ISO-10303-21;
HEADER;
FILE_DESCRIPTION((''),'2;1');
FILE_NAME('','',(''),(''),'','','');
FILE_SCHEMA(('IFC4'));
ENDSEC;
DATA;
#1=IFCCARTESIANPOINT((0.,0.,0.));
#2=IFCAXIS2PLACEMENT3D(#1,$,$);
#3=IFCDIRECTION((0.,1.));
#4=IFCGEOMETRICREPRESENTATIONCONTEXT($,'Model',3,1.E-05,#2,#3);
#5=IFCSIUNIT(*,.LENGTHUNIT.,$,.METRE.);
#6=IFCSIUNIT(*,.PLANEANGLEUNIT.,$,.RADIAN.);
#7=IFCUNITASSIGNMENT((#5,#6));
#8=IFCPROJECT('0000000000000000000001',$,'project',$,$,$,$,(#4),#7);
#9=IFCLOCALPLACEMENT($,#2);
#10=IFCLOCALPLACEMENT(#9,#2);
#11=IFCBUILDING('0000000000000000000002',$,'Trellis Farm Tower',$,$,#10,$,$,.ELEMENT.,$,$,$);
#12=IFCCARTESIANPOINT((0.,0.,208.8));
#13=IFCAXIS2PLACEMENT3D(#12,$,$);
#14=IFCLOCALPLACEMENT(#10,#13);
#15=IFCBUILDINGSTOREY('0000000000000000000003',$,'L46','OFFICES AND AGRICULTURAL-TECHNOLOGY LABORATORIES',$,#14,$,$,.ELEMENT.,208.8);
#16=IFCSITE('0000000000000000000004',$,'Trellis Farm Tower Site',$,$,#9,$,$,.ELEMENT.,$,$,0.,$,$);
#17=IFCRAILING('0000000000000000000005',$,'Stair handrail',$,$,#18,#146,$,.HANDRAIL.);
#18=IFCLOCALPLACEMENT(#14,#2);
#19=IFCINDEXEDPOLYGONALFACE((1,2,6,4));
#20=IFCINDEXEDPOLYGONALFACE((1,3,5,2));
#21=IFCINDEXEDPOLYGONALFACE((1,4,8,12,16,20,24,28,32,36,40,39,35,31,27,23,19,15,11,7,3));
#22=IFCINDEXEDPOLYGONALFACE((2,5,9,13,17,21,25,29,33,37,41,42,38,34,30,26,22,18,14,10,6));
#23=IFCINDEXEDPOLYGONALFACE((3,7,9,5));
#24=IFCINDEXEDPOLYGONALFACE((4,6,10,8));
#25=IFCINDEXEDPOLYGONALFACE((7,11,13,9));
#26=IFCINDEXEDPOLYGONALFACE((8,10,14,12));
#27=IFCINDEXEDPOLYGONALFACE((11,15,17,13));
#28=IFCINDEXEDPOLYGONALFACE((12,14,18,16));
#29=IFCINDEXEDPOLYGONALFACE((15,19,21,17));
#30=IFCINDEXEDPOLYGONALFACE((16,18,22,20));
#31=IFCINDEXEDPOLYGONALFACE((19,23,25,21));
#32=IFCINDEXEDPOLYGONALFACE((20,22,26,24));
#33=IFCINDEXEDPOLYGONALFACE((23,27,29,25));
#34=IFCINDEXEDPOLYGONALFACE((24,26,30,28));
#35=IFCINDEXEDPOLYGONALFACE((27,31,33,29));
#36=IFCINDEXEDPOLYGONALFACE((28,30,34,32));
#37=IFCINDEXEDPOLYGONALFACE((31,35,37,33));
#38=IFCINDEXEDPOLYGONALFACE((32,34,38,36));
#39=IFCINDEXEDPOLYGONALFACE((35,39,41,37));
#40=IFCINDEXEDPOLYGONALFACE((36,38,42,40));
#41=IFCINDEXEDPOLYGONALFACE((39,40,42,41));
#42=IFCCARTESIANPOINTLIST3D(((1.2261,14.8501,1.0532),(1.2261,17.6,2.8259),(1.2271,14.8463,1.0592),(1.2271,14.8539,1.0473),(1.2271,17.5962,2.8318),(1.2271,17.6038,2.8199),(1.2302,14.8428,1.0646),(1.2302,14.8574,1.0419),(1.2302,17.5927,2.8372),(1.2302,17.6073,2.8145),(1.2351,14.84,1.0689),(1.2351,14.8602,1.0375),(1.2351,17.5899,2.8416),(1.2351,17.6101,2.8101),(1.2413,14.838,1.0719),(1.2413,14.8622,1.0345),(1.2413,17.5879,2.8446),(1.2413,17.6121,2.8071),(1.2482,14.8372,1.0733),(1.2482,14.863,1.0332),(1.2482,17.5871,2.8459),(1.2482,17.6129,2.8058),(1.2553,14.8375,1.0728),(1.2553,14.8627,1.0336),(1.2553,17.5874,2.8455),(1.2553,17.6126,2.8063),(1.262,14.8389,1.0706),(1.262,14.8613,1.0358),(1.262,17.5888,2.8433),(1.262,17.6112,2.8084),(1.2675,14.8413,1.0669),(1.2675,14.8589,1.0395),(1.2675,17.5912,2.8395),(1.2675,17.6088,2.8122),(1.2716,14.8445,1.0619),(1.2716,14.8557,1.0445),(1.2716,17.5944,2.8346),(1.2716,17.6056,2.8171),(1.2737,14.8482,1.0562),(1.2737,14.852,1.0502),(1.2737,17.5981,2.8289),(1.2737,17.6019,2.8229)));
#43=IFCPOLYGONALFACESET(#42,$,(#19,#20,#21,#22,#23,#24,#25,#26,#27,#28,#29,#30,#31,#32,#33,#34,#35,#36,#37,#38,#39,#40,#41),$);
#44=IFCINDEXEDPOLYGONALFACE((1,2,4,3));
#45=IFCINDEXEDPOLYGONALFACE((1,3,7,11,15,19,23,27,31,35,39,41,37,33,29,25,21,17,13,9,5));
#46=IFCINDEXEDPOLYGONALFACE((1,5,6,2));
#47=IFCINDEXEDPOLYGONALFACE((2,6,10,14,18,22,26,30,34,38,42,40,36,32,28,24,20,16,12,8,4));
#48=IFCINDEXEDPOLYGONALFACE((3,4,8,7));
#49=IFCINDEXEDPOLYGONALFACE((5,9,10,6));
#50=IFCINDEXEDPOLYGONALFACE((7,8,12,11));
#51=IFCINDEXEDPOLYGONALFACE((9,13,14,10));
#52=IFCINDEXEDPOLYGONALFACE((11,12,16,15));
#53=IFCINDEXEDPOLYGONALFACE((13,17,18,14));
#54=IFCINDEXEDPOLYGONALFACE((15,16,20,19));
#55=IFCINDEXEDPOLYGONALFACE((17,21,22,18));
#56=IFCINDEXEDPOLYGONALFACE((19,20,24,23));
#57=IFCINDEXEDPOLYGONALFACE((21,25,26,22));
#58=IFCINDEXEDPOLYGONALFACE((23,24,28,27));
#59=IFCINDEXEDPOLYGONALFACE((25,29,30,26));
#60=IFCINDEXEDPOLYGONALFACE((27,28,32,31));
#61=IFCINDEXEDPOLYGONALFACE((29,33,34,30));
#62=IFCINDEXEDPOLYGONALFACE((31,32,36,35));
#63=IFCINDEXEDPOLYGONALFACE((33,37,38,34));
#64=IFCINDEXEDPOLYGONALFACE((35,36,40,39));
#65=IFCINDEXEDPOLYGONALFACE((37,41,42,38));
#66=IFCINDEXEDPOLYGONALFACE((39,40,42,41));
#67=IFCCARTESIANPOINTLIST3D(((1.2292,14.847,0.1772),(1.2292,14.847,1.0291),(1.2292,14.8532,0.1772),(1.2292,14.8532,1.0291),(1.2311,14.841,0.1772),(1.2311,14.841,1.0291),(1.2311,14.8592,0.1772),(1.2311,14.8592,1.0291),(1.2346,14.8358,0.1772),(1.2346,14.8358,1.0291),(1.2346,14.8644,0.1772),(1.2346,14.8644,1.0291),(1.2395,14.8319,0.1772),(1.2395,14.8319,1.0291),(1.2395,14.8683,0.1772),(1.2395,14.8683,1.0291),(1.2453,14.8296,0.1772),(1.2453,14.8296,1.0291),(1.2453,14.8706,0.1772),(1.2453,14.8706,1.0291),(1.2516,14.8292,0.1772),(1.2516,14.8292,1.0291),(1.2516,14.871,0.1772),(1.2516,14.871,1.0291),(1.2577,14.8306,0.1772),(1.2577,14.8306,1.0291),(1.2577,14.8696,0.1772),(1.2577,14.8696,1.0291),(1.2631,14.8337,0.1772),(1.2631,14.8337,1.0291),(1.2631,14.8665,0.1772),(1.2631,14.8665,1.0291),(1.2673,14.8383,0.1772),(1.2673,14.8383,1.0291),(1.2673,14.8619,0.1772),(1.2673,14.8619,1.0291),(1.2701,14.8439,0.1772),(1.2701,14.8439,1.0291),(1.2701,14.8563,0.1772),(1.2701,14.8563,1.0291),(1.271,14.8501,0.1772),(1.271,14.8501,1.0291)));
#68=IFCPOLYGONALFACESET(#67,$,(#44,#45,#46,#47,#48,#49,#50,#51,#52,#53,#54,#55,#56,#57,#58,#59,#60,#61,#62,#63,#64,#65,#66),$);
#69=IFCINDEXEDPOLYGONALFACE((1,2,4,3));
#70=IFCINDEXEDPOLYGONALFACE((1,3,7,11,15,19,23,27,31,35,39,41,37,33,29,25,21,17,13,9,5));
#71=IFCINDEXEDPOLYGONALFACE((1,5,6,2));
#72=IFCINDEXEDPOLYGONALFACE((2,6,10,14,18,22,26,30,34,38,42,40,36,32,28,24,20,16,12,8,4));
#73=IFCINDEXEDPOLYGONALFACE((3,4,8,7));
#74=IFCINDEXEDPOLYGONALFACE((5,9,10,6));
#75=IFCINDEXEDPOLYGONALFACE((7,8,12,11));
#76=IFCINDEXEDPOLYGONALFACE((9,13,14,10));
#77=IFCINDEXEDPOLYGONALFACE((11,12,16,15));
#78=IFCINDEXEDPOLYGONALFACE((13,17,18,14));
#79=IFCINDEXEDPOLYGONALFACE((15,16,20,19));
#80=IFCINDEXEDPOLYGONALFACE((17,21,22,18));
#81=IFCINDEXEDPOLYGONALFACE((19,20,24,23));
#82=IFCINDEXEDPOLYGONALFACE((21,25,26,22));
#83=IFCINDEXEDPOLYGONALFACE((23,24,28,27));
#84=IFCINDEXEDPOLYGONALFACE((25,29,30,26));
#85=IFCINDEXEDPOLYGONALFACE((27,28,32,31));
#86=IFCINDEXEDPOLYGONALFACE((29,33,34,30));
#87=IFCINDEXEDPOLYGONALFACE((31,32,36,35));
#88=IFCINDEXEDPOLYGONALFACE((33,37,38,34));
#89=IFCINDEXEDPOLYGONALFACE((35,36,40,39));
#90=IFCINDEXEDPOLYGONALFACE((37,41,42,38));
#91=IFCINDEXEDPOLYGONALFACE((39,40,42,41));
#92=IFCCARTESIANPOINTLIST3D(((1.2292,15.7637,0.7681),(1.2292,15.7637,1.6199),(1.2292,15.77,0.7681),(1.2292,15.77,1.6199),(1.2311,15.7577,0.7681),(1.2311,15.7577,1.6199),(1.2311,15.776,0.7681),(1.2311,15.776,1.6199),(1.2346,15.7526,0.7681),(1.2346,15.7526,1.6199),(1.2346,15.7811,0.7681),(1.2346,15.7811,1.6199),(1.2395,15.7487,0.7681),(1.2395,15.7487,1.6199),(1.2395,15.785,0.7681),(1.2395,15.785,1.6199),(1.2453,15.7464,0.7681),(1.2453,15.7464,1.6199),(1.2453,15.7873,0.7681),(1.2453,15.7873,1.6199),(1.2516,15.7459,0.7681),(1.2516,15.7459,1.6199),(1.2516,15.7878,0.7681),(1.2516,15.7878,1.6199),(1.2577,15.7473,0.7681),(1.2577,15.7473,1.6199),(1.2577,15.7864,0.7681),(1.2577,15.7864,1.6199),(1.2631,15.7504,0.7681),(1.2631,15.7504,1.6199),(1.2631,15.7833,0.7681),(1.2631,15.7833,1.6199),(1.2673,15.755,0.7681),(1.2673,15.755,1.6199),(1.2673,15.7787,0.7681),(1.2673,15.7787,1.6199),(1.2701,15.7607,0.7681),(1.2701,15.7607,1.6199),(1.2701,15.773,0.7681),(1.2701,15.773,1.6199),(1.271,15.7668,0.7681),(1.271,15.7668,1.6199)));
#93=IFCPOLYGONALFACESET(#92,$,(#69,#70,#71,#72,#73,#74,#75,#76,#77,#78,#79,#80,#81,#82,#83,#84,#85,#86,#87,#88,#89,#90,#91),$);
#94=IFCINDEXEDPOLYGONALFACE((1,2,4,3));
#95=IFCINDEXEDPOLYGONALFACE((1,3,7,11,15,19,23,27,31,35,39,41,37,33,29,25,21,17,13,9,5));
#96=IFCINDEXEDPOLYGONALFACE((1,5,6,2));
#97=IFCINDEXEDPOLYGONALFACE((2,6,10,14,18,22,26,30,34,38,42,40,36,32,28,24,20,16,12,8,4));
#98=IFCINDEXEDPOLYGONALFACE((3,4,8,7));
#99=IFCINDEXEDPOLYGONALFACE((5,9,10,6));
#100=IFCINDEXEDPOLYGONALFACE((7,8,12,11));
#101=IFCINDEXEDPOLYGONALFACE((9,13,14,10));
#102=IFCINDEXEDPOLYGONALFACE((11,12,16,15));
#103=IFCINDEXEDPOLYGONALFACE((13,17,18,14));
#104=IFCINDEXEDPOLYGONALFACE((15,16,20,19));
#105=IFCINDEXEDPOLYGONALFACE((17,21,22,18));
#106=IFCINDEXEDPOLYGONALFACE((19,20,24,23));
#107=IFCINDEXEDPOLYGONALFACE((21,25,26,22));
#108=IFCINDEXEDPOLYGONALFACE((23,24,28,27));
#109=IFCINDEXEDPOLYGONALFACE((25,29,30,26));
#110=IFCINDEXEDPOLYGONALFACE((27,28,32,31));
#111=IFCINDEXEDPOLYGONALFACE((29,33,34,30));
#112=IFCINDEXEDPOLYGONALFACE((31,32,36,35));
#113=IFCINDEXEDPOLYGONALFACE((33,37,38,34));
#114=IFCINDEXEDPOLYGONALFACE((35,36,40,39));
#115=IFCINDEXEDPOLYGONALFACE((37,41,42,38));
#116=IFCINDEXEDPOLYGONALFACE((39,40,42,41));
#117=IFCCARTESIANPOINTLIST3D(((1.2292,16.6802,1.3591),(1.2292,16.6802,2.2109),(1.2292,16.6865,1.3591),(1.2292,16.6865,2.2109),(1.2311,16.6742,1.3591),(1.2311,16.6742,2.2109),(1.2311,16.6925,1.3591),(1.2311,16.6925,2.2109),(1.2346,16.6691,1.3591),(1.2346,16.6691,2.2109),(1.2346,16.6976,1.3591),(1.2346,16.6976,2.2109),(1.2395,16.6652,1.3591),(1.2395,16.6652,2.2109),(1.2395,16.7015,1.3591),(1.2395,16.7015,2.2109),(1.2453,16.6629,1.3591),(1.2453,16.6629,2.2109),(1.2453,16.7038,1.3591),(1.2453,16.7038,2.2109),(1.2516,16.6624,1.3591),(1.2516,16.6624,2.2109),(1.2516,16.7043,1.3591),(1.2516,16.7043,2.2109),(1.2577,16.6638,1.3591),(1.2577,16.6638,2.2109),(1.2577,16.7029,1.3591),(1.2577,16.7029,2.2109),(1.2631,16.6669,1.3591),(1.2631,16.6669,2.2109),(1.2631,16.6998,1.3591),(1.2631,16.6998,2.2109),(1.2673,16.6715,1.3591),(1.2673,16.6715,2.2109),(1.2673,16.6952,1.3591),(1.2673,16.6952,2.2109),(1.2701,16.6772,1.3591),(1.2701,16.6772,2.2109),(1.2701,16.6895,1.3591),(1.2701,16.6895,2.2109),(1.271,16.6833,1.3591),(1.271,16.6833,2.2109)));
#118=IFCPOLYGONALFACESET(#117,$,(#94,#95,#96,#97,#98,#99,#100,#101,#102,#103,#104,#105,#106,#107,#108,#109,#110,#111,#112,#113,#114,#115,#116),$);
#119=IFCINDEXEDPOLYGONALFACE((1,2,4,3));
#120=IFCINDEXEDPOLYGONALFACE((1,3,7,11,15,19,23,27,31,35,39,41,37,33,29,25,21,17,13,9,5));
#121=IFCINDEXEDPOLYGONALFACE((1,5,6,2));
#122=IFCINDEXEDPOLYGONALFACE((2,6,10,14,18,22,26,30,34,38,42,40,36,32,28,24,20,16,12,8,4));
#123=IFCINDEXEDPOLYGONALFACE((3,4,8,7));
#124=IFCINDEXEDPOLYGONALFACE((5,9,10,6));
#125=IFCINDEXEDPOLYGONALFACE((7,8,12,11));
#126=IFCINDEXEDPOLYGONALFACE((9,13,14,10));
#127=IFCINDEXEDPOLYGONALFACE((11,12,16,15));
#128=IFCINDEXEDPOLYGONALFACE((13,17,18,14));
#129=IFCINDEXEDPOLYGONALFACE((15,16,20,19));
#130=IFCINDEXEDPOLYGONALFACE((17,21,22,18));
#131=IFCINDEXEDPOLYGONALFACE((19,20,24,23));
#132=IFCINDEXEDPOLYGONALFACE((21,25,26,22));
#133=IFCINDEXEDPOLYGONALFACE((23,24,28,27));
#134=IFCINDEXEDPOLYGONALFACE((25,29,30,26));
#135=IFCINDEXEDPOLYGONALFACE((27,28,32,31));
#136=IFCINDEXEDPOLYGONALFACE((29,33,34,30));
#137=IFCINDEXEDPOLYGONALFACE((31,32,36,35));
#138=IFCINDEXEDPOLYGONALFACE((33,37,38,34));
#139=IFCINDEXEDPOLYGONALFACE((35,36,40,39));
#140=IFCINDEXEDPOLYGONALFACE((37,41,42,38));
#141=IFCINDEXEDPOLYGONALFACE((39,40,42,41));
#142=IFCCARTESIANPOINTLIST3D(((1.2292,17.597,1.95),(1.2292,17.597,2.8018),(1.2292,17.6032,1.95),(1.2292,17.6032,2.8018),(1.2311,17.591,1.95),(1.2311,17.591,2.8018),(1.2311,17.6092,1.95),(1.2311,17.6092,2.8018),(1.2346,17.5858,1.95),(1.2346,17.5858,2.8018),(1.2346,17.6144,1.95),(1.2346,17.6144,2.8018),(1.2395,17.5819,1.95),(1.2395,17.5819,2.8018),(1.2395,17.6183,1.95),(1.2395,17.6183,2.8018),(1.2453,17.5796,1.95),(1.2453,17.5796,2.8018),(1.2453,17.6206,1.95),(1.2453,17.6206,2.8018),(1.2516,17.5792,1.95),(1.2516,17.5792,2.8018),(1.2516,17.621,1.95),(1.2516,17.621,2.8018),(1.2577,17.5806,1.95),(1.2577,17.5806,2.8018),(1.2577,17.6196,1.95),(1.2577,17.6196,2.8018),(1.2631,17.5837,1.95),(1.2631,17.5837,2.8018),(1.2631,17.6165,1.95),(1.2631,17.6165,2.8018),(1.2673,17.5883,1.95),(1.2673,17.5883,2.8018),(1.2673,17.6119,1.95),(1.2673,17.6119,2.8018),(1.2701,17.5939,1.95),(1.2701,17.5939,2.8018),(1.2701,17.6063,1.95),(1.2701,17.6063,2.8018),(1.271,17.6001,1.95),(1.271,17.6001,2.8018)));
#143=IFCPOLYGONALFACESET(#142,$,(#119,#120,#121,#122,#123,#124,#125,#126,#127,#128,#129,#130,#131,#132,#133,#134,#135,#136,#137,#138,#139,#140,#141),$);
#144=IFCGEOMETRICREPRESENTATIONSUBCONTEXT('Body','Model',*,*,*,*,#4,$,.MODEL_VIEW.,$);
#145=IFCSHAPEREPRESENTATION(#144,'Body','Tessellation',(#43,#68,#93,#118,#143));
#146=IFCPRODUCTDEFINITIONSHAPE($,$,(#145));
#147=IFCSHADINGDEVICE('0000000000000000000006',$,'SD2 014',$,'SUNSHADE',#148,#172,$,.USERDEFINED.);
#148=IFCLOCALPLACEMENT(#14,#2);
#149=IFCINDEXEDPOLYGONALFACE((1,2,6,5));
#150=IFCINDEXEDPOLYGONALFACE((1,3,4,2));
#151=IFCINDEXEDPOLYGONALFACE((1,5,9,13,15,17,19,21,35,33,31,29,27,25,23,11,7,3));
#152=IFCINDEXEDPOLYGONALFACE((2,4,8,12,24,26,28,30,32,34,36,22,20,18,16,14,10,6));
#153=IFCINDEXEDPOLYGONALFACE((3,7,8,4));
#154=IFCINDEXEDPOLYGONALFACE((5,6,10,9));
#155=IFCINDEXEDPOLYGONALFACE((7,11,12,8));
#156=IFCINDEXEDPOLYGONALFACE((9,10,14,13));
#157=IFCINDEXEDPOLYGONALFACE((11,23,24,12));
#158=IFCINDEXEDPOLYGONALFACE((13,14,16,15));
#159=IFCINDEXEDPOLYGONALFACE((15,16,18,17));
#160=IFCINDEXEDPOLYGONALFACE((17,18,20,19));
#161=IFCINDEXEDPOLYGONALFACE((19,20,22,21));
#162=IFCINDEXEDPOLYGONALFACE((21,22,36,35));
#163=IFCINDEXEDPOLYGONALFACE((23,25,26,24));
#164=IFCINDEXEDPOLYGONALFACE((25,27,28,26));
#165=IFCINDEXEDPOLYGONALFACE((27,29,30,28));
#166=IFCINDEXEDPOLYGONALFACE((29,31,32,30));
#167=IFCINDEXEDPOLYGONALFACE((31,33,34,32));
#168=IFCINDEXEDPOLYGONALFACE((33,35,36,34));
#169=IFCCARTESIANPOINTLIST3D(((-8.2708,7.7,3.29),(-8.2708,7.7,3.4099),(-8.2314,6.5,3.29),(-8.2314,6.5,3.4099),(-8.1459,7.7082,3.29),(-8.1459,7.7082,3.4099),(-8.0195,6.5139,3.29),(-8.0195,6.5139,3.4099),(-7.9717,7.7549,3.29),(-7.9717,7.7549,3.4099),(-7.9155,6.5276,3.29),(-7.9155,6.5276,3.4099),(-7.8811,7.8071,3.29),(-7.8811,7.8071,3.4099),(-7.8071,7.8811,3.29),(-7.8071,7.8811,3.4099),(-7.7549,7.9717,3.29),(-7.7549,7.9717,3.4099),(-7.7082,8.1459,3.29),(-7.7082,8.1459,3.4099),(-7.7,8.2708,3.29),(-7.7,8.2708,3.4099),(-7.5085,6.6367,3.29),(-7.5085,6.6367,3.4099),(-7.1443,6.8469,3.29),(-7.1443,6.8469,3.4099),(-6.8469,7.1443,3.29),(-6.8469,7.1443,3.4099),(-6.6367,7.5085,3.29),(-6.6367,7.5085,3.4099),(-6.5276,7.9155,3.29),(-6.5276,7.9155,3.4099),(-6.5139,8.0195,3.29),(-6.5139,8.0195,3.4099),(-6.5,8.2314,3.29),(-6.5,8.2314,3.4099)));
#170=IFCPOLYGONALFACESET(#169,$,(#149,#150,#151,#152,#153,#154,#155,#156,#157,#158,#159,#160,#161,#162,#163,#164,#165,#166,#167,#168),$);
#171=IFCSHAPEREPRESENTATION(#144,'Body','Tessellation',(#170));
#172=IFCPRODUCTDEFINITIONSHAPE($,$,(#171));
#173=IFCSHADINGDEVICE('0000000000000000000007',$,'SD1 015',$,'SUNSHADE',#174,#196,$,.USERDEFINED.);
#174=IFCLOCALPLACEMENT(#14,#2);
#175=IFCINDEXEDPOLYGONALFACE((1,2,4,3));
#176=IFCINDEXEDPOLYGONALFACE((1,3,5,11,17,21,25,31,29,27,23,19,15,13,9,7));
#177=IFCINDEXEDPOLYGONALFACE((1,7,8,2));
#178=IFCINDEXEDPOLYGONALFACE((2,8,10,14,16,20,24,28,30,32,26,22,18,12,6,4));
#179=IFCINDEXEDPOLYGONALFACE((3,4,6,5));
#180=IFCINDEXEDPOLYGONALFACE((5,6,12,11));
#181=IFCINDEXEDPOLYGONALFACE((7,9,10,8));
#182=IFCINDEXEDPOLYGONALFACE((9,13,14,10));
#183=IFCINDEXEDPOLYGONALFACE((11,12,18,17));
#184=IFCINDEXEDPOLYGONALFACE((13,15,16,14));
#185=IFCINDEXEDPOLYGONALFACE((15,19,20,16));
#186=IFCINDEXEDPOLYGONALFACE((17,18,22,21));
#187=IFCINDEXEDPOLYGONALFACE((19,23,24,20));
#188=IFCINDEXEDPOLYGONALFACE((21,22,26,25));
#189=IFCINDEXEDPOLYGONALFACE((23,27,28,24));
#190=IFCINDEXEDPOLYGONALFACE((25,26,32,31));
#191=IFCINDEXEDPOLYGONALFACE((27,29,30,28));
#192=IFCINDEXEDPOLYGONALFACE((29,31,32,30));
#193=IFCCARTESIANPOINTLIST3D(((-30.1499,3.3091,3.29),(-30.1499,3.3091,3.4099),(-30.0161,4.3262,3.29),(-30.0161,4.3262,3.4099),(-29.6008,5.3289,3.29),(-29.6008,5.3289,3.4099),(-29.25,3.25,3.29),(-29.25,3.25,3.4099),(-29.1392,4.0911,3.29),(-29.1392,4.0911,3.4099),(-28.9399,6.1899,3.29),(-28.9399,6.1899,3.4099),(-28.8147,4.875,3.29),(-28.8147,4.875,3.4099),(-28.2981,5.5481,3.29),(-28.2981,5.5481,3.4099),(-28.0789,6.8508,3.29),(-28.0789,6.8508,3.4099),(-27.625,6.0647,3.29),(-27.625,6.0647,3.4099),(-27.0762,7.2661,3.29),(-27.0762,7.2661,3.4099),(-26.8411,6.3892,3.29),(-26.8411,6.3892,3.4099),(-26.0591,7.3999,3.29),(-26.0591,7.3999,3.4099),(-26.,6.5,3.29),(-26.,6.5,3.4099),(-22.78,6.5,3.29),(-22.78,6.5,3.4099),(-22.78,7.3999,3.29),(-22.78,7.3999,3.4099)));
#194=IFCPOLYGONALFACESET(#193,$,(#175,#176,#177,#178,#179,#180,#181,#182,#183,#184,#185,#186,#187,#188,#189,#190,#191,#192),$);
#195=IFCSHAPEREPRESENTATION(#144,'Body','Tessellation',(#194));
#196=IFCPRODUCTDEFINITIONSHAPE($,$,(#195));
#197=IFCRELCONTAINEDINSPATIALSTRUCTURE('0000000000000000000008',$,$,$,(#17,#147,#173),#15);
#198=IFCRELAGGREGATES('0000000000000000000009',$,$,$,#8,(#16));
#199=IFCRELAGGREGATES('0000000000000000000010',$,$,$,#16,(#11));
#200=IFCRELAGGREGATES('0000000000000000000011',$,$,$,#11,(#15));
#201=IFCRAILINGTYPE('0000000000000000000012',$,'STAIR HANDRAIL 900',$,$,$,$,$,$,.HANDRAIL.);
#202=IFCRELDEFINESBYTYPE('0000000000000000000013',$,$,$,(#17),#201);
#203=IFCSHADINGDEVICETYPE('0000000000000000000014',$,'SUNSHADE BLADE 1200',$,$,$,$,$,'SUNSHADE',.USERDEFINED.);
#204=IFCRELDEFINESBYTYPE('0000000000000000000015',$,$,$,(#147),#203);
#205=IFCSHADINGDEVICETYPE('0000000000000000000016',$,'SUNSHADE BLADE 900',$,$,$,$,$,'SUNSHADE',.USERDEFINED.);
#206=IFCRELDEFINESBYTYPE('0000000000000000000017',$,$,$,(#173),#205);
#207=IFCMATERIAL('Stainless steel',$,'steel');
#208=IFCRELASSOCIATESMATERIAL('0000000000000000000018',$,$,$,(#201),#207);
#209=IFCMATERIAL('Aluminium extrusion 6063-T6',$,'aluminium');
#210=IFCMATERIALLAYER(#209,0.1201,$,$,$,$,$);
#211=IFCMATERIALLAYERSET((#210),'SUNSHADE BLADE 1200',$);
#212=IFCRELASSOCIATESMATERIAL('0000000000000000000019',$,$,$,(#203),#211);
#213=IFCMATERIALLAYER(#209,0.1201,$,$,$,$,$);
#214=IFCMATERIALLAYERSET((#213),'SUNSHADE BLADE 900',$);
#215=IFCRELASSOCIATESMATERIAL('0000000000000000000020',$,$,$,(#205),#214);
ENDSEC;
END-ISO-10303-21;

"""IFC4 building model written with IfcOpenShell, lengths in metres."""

from ifc_helpers import new_model, si_unit, direction, frame, origin, origin_2d, place, context, subcontext, project, spatial, polyline, circle, outline, extrude, source, transform, mapped, material, layer, layer_set, type_object, element, save


model = new_model("IFC4")

# Units and contexts
model_context = context("Model", 3, precision=1e-05, world=origin(), true_north=direction((0.0, 1.0)))
body_context = subcontext(model_context, "Body", "Model", "MODEL_VIEW")
ifc_project = project(units=[si_unit("LENGTHUNIT", "METRE"), si_unit("PLANEANGLEUNIT", "RADIAN")], contexts=[model_context])

# Site, building, storey
site_placement = place(None, origin())
site = spatial("IfcSite", under=ifc_project, at=site_placement, Name="Trellis Farm Tower Site", CompositionType="ELEMENT", RefElevation=0.0)
building_placement = place(site_placement, origin())
building = spatial("IfcBuilding", under=site, at=building_placement, Name="Trellis Farm Tower", CompositionType="ELEMENT")
storey_placement = place(building_placement, frame((0.0, 0.0, 208.8)))
storey = spatial("IfcBuildingStorey", under=building, at=storey_placement, Name="L46", Description="OFFICES AND AGRICULTURAL-TECHNOLOGY LABORATORIES", CompositionType="ELEMENT", Elevation=208.8)

# Shared definitions
ifc_material_1 = material(Name="Aluminium extrusion 6063-T6", Category="aluminium")

# Railing
ifc_material_2 = material(Name="Stainless steel", Category="steel")
railing_type = type_object("IfcRailingType", Name="STAIR HANDRAIL 900", PredefinedType="HANDRAIL", material=ifc_material_2)
shared_shape_1 = source(origin(), body_context, "Body", "SweptSolid", [
    extrude(circle(Radius=0.0239, at=origin_2d()), frame((0.0, 0.0, 0.876), z_axis=(0.0, 0.840504, 0.541806), x_axis=(-1.0, 0.0, 0.0)), (0.0, 0.0, 1.0), 3.2717),
    extrude(circle(Radius=0.021, at=origin_2d()), origin(), (0.0, 0.0, 1.0), 0.8518),
    extrude(circle(Radius=0.021, at=origin_2d()), frame((0.0, 0.9167, 0.5908)), (0.0, 0.0, 1.0), 0.8518),
    extrude(circle(Radius=0.021, at=origin_2d()), frame((0.0, 1.8333, 1.1819)), (0.0, 0.0, 1.0), 0.8518),
    extrude(circle(Radius=0.021, at=origin_2d()), frame((0.0, 2.75, 1.7727)), (0.0, 0.0, 1.0), 0.8518),
])
railing_placement = place(storey_placement, frame((1.25, 14.8501, 0.1772)))
element("IfcRailing", 1, at=railing_placement, inside=storey, type_object=railing_type, Name="Stair handrail", PredefinedType="HANDRAIL", context=body_context, shape_type="MappedRepresentation", body=[
    mapped(shared_shape_1, transform((0.0, 0.0, 0.0))),
])

# Shading devices
ifc_layer_1 = layer(ifc_material_1, 0.1201)
ifc_layer_set_1 = layer_set([ifc_layer_1], Name="SUNSHADE BLADE 1200")
shading_device_type_1 = type_object("IfcShadingDeviceType", Name="SUNSHADE BLADE 1200", ElementType="SUNSHADE", PredefinedType="USERDEFINED", material=ifc_layer_set_1)
shared_shape_2 = source(origin(), body_context, "Body", "SweptSolid", [
    extrude(outline(polyline([(-7.7, 8.2708), (-7.7087, 8.1372), (-7.707, 8.1501), (-7.7549, 7.9717), (-7.8071, 7.8811), (-7.8811, 7.8071), (-7.9717, 7.7549), (-8.1501, 7.707), (-8.1372, 7.7087), (-8.2708, 7.7), (-8.2314, 6.5), (-8.0195, 6.5139), (-7.9155, 6.5276), (-7.5085, 6.6367), (-7.1443, 6.8469), (-6.8469, 7.1443), (-6.6367, 7.5085), (-6.5276, 7.9155), (-6.5139, 8.0195), (-6.5, 8.2314), (-7.7, 8.2708)])), origin(), (0.0, 0.0, 1.0), 0.1199),
])
placement_1 = place(storey_placement, frame((0.0, 0.0, 3.29)))
element("IfcShadingDevice", 2, at=placement_1, inside=storey, type_object=shading_device_type_1, Name="SD2 014", ObjectType="SUNSHADE", PredefinedType="USERDEFINED", context=body_context, shape_type="MappedRepresentation", body=[
    mapped(shared_shape_2, transform((0.0, 0.0, 0.0))),
])
ifc_layer_2 = layer(ifc_material_1, 0.1201)
ifc_layer_set_2 = layer_set([ifc_layer_2], Name="SUNSHADE BLADE 900")
shading_device_type_2 = type_object("IfcShadingDeviceType", Name="SUNSHADE BLADE 900", ElementType="SUNSHADE", PredefinedType="USERDEFINED", material=ifc_layer_set_2)
shared_shape_3 = source(origin(), body_context, "Body", "SweptSolid", [
    extrude(outline(polyline([(-22.78, 7.3999), (-26.0591, 7.3999), (-27.0762, 7.2661), (-28.0789, 6.8508), (-28.9399, 6.1899), (-29.6008, 5.3289), (-30.0161, 4.3262), (-30.1499, 3.3091), (-29.25, 3.25), (-29.1392, 4.0911), (-28.8147, 4.875), (-28.2981, 5.5481), (-27.625, 6.0647), (-26.8411, 6.3892), (-26.0, 6.5), (-22.78, 6.5), (-22.78, 7.3999)])), origin(), (0.0, 0.0, 1.0), 0.1199),
])
element("IfcShadingDevice", 3, at=placement_1, inside=storey, type_object=shading_device_type_2, Name="SD1 015", ObjectType="SUNSHADE", PredefinedType="USERDEFINED", context=body_context, shape_type="MappedRepresentation", body=[
    mapped(shared_shape_3, transform((0.0, 0.0, 0.0))),
])

save(model, "model.ifc")
